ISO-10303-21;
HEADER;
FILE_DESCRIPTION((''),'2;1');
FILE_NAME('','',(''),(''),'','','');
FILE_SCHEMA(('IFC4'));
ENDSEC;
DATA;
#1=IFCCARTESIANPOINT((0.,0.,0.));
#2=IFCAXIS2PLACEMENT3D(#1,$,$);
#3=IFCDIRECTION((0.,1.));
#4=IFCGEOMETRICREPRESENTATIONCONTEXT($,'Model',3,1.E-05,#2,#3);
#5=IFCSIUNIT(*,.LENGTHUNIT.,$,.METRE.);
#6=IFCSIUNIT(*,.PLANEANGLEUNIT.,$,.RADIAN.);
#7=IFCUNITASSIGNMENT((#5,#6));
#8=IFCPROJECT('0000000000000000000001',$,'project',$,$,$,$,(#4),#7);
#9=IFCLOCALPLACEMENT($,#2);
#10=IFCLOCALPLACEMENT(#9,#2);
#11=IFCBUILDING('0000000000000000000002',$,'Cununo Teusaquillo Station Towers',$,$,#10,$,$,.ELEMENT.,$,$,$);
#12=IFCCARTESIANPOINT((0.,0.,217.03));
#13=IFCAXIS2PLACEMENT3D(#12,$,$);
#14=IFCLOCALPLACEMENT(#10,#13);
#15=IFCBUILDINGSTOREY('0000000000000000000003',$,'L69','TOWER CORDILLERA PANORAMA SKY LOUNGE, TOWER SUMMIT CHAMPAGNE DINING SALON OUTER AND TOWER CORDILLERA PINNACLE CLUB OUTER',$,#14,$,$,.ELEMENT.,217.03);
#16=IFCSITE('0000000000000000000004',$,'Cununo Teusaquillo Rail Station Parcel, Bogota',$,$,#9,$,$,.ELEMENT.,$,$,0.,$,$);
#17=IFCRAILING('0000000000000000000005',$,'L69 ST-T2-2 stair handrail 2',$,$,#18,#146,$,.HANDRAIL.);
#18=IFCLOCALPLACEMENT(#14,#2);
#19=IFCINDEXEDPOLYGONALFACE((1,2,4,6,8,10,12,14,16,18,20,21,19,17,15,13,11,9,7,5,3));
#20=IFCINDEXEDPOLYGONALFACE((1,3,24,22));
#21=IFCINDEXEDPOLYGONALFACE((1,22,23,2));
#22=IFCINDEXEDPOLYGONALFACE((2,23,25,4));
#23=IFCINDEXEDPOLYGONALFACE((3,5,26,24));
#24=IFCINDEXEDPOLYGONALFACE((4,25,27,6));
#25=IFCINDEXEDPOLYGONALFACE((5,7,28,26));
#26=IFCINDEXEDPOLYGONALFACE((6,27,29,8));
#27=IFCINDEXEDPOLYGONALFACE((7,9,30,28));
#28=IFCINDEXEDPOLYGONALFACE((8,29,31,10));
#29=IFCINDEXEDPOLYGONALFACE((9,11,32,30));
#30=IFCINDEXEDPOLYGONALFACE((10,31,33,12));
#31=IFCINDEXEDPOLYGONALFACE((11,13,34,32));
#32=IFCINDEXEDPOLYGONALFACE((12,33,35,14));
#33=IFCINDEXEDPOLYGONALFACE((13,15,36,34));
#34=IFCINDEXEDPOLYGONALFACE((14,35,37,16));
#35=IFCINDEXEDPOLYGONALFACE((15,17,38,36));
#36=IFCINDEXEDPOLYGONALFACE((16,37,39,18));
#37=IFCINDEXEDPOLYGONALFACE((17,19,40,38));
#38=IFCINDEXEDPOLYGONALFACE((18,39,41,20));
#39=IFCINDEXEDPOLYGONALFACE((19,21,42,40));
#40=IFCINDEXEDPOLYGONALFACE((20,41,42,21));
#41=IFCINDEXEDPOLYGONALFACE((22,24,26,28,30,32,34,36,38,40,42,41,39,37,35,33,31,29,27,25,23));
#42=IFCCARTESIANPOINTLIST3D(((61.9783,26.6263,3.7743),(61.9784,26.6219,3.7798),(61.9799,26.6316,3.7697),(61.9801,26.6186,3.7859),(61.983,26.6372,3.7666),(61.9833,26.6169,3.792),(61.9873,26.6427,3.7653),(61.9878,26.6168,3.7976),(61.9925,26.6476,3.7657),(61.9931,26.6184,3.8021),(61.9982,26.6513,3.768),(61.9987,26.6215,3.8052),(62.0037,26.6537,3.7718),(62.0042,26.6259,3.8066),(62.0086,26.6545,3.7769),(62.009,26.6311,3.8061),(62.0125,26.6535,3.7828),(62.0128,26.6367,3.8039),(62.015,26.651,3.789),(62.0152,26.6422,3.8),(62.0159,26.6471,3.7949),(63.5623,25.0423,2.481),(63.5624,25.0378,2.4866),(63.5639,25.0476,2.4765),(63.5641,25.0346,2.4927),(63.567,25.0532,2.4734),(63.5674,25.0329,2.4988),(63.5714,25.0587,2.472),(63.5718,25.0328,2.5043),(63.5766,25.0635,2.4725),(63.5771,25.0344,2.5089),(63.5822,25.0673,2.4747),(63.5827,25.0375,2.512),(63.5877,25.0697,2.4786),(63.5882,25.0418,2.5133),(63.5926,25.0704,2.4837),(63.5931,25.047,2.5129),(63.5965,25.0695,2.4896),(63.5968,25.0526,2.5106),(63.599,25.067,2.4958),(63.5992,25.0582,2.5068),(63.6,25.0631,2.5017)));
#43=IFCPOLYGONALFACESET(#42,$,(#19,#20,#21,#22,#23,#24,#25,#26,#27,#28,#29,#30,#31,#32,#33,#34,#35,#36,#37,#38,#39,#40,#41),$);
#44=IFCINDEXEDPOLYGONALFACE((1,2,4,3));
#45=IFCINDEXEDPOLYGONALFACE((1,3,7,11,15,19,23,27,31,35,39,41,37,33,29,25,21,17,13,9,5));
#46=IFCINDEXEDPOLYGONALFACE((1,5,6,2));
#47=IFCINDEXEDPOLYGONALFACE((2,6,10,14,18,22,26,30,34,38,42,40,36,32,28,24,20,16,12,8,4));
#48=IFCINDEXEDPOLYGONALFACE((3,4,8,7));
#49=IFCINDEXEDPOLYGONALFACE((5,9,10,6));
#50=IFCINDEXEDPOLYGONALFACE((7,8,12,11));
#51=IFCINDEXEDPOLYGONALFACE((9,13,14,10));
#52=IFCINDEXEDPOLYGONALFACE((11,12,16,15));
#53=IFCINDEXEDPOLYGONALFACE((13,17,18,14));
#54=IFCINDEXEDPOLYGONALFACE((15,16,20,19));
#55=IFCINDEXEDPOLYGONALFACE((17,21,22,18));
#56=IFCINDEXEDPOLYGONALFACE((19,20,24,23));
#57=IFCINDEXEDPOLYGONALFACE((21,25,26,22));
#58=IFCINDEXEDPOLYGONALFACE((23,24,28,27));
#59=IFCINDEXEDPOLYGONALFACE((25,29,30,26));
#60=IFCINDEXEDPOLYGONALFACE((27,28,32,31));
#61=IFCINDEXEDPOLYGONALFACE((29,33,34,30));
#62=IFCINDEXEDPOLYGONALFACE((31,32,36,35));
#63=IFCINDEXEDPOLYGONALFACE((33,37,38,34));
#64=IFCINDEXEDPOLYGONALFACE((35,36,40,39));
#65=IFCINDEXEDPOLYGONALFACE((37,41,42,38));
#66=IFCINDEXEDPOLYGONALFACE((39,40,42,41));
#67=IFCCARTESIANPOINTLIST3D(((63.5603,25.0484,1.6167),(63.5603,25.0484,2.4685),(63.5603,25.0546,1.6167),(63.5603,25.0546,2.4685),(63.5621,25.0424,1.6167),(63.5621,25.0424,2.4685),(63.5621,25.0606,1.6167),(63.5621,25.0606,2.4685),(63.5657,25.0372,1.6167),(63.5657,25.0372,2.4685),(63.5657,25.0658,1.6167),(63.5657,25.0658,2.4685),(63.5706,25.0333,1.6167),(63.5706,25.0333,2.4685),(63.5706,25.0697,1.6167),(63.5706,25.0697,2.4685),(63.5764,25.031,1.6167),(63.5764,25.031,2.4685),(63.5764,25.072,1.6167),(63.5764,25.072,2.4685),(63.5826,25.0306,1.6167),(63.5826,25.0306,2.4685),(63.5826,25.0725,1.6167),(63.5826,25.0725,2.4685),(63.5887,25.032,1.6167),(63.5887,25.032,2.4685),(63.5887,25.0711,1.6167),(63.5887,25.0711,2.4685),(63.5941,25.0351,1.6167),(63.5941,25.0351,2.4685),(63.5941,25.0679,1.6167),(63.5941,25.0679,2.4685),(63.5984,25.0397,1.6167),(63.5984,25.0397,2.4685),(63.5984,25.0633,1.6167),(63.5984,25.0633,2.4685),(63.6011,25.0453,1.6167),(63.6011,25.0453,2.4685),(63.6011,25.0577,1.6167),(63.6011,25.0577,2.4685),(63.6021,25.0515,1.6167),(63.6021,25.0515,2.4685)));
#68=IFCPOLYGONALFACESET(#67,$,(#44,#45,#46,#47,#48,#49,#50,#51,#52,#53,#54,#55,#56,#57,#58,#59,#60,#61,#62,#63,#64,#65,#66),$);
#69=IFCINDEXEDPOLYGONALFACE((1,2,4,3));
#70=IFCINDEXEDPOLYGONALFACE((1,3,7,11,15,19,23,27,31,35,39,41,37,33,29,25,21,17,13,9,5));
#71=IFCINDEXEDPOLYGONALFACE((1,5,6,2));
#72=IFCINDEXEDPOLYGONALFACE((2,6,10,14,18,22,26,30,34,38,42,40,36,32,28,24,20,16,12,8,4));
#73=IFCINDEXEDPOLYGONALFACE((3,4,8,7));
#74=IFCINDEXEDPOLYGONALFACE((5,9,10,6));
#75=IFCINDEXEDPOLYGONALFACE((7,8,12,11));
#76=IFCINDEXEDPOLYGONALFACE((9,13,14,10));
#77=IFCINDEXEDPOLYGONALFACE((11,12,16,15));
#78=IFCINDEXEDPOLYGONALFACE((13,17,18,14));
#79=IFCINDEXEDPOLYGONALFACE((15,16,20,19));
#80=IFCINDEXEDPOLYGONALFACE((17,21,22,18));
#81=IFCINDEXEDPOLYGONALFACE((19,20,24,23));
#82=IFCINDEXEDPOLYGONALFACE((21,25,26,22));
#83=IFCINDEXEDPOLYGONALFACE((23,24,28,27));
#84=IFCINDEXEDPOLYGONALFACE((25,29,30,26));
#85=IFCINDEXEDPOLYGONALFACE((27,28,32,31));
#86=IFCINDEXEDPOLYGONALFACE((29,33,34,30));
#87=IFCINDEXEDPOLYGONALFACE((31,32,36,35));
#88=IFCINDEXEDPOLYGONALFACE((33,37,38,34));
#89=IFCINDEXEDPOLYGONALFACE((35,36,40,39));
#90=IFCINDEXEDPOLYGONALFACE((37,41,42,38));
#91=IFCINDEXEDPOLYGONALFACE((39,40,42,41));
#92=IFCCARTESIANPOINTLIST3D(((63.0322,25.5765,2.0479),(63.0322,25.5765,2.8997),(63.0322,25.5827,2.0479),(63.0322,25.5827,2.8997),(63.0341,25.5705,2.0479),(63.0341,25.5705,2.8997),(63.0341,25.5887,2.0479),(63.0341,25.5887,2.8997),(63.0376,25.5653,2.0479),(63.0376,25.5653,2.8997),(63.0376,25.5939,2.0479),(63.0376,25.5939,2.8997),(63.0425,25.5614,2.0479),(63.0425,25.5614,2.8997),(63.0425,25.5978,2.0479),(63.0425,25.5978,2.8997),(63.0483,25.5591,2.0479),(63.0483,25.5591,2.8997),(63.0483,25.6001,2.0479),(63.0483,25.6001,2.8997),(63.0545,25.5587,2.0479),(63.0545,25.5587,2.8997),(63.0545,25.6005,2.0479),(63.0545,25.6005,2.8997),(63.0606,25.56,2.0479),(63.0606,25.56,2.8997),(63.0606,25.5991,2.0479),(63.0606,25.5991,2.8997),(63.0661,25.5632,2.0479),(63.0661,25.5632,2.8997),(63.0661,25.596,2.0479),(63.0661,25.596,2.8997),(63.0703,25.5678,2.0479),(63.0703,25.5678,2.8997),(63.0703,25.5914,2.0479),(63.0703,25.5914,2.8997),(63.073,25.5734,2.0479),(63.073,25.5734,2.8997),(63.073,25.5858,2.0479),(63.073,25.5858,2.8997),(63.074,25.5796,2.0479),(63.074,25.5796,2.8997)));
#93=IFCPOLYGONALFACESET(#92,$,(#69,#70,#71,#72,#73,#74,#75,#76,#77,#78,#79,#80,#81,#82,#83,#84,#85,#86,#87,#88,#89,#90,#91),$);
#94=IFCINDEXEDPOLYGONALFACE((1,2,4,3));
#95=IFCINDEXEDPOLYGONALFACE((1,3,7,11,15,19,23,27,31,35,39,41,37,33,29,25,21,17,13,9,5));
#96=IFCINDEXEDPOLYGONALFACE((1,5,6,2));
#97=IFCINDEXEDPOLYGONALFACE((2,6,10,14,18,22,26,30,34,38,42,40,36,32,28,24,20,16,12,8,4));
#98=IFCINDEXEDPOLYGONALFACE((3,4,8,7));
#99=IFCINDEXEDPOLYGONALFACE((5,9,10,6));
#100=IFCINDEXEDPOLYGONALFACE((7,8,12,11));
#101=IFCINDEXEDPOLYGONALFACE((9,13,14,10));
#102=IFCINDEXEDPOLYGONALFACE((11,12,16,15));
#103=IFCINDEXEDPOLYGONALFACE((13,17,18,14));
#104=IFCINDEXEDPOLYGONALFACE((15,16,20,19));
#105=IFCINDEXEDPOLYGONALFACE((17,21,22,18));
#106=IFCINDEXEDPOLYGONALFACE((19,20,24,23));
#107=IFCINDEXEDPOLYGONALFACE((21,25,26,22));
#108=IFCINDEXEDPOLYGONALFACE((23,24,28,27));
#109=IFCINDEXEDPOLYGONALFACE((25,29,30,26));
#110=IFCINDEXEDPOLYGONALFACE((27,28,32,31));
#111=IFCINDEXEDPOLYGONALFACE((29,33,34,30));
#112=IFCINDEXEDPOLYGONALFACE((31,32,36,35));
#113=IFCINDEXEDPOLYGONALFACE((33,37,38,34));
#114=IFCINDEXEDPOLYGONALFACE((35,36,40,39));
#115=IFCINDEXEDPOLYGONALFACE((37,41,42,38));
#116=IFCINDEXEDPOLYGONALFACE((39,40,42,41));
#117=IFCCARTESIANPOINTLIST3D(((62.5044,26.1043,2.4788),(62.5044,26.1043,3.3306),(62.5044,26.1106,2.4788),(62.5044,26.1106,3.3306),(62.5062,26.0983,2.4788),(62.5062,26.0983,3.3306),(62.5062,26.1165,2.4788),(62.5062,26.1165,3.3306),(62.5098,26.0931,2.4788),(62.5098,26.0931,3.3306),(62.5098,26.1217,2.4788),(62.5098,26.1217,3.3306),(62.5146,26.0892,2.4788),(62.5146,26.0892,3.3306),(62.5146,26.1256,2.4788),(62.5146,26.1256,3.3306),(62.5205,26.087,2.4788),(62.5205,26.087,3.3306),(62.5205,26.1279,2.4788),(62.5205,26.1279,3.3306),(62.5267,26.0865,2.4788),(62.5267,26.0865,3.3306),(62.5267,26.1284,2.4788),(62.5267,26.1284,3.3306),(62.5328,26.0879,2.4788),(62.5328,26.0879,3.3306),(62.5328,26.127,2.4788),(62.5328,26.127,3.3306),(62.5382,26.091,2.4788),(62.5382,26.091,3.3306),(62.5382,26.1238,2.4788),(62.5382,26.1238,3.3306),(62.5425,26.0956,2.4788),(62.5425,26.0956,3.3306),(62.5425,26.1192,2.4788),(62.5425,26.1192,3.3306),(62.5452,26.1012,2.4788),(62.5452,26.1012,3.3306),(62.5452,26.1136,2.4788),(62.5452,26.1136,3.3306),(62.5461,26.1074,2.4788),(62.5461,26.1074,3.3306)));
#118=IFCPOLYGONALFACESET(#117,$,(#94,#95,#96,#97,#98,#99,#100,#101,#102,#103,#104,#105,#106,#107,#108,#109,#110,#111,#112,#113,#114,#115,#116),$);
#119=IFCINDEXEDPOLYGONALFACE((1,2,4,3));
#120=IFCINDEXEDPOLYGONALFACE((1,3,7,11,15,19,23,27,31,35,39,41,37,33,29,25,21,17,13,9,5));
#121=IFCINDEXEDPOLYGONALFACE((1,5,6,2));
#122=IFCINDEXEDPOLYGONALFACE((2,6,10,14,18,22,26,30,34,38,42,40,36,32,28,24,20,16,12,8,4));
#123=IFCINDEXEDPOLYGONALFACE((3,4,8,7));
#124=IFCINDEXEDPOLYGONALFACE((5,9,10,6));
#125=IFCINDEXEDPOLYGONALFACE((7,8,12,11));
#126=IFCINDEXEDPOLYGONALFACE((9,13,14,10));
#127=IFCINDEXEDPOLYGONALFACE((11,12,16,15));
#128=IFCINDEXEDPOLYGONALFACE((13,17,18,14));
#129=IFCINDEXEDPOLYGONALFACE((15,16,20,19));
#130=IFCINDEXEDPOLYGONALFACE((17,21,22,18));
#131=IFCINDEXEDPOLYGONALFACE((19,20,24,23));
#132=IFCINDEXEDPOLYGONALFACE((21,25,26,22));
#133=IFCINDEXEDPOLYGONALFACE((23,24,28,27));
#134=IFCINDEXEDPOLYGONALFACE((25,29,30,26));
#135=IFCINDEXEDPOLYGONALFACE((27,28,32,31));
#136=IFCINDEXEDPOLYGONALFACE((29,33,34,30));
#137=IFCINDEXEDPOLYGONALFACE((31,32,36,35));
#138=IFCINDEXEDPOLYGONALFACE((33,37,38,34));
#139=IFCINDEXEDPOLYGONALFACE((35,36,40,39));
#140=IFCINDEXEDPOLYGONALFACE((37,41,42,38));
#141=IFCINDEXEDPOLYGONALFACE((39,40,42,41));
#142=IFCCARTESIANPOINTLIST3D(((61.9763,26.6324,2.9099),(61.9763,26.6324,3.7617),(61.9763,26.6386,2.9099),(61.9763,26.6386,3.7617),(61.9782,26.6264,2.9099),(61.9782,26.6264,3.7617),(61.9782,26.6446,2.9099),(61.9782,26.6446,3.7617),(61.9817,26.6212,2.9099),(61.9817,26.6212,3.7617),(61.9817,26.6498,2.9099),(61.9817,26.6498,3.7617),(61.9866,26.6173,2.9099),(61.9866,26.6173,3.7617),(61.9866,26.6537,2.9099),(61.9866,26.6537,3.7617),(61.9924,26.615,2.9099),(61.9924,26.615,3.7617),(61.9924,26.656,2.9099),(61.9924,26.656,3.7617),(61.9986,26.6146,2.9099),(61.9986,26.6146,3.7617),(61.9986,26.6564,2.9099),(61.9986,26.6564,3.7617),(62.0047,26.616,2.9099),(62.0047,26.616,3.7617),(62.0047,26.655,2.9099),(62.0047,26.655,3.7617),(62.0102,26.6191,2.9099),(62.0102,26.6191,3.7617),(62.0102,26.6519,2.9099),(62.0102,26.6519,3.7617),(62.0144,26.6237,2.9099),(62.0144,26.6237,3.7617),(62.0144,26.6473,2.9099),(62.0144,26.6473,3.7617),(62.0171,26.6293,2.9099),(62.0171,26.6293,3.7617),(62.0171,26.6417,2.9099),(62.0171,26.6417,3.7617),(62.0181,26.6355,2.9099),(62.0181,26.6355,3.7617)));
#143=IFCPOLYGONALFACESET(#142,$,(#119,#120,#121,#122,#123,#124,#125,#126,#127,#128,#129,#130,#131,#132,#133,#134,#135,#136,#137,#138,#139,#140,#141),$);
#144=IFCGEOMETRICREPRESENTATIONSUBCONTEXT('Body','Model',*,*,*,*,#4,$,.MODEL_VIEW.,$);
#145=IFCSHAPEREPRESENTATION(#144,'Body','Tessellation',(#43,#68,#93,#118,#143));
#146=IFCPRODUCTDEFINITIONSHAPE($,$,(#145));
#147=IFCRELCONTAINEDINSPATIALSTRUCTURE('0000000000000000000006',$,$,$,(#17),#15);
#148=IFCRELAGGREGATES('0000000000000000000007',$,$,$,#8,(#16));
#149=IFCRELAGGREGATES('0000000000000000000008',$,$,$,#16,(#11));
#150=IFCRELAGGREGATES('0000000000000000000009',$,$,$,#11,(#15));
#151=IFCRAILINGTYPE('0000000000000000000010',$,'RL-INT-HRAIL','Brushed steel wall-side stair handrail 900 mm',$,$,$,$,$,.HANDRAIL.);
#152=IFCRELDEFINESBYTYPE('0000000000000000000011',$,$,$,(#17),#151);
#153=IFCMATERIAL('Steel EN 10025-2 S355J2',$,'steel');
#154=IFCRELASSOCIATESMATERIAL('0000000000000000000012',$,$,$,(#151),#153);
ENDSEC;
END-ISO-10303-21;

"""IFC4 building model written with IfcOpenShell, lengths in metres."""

from ifc_helpers import new_model, si_unit, direction, frame, origin, origin_2d, place, context, subcontext, project, spatial, circle, extrude, material, type_object, element, save


model = new_model("IFC4")

# Units and contexts
model_context = context("Model", 3, precision=1e-05, world=origin(), true_north=direction((0.0, 1.0)))
body_context = subcontext(model_context, "Body", "Model", "MODEL_VIEW")
ifc_project = project(units=[si_unit("LENGTHUNIT", "METRE"), si_unit("PLANEANGLEUNIT", "RADIAN")], contexts=[model_context])

# Site, building, storey
site_placement = place(None, origin())
site = spatial("IfcSite", under=ifc_project, at=site_placement, Name="Cununo Teusaquillo Rail Station Parcel, Bogota", CompositionType="ELEMENT", RefElevation=0.0)
building_placement = place(site_placement, origin())
building = spatial("IfcBuilding", under=site, at=building_placement, Name="Cununo Teusaquillo Station Towers", CompositionType="ELEMENT")
storey_placement = place(building_placement, frame((0.0, 0.0, 217.03)))
storey = spatial("IfcBuildingStorey", under=building, at=storey_placement, Name="L69", Description="TOWER CORDILLERA PANORAMA SKY LOUNGE, TOWER SUMMIT CHAMPAGNE DINING SALON OUTER AND TOWER CORDILLERA PINNACLE CLUB OUTER", CompositionType="ELEMENT", Elevation=217.03)

# Railing
ifc_material_1 = material(Name="Steel EN 10025-2 S355J2", Category="steel")
railing_type_1 = type_object("IfcRailingType", Name="RL-INT-HRAIL", Description="Brushed steel wall-side stair handrail 900 mm", PredefinedType="HANDRAIL", material=ifc_material_1)
railing_1_placement = place(storey_placement, frame((63.5811, 25.0515, 1.6167)))
element("IfcRailing", 1, at=railing_1_placement, inside=storey, type_object=railing_type_1, Name="L69 ST-T2-2 stair handrail 2", PredefinedType="HANDRAIL", context=body_context, shape_type="SweptSolid", body=[
    extrude(circle(Radius=0.0239, at=origin_2d()), frame((0.0, 0.0, 0.876), z_axis=(-0.612385, 0.612385, 0.49997), x_axis=(-0.707107, -0.707107, 0.0)), (0.0, 0.0, 1.0), 2.5867),
    extrude(circle(Radius=0.021, at=origin_2d()), origin(), (0.0, 0.0, 1.0), 0.8518),
    extrude(circle(Radius=0.021, at=origin_2d()), frame((-0.5281, 0.5281, 0.4312)), (0.0, 0.0, 1.0), 0.8518),
    extrude(circle(Radius=0.021, at=origin_2d()), frame((-1.0559, 1.0559, 0.8621)), (0.0, 0.0, 1.0), 0.8518),
    extrude(circle(Radius=0.021, at=origin_2d()), frame((-1.584, 1.584, 1.2932)), (0.0, 0.0, 1.0), 0.8518),
])

save(model, "model.ifc")
